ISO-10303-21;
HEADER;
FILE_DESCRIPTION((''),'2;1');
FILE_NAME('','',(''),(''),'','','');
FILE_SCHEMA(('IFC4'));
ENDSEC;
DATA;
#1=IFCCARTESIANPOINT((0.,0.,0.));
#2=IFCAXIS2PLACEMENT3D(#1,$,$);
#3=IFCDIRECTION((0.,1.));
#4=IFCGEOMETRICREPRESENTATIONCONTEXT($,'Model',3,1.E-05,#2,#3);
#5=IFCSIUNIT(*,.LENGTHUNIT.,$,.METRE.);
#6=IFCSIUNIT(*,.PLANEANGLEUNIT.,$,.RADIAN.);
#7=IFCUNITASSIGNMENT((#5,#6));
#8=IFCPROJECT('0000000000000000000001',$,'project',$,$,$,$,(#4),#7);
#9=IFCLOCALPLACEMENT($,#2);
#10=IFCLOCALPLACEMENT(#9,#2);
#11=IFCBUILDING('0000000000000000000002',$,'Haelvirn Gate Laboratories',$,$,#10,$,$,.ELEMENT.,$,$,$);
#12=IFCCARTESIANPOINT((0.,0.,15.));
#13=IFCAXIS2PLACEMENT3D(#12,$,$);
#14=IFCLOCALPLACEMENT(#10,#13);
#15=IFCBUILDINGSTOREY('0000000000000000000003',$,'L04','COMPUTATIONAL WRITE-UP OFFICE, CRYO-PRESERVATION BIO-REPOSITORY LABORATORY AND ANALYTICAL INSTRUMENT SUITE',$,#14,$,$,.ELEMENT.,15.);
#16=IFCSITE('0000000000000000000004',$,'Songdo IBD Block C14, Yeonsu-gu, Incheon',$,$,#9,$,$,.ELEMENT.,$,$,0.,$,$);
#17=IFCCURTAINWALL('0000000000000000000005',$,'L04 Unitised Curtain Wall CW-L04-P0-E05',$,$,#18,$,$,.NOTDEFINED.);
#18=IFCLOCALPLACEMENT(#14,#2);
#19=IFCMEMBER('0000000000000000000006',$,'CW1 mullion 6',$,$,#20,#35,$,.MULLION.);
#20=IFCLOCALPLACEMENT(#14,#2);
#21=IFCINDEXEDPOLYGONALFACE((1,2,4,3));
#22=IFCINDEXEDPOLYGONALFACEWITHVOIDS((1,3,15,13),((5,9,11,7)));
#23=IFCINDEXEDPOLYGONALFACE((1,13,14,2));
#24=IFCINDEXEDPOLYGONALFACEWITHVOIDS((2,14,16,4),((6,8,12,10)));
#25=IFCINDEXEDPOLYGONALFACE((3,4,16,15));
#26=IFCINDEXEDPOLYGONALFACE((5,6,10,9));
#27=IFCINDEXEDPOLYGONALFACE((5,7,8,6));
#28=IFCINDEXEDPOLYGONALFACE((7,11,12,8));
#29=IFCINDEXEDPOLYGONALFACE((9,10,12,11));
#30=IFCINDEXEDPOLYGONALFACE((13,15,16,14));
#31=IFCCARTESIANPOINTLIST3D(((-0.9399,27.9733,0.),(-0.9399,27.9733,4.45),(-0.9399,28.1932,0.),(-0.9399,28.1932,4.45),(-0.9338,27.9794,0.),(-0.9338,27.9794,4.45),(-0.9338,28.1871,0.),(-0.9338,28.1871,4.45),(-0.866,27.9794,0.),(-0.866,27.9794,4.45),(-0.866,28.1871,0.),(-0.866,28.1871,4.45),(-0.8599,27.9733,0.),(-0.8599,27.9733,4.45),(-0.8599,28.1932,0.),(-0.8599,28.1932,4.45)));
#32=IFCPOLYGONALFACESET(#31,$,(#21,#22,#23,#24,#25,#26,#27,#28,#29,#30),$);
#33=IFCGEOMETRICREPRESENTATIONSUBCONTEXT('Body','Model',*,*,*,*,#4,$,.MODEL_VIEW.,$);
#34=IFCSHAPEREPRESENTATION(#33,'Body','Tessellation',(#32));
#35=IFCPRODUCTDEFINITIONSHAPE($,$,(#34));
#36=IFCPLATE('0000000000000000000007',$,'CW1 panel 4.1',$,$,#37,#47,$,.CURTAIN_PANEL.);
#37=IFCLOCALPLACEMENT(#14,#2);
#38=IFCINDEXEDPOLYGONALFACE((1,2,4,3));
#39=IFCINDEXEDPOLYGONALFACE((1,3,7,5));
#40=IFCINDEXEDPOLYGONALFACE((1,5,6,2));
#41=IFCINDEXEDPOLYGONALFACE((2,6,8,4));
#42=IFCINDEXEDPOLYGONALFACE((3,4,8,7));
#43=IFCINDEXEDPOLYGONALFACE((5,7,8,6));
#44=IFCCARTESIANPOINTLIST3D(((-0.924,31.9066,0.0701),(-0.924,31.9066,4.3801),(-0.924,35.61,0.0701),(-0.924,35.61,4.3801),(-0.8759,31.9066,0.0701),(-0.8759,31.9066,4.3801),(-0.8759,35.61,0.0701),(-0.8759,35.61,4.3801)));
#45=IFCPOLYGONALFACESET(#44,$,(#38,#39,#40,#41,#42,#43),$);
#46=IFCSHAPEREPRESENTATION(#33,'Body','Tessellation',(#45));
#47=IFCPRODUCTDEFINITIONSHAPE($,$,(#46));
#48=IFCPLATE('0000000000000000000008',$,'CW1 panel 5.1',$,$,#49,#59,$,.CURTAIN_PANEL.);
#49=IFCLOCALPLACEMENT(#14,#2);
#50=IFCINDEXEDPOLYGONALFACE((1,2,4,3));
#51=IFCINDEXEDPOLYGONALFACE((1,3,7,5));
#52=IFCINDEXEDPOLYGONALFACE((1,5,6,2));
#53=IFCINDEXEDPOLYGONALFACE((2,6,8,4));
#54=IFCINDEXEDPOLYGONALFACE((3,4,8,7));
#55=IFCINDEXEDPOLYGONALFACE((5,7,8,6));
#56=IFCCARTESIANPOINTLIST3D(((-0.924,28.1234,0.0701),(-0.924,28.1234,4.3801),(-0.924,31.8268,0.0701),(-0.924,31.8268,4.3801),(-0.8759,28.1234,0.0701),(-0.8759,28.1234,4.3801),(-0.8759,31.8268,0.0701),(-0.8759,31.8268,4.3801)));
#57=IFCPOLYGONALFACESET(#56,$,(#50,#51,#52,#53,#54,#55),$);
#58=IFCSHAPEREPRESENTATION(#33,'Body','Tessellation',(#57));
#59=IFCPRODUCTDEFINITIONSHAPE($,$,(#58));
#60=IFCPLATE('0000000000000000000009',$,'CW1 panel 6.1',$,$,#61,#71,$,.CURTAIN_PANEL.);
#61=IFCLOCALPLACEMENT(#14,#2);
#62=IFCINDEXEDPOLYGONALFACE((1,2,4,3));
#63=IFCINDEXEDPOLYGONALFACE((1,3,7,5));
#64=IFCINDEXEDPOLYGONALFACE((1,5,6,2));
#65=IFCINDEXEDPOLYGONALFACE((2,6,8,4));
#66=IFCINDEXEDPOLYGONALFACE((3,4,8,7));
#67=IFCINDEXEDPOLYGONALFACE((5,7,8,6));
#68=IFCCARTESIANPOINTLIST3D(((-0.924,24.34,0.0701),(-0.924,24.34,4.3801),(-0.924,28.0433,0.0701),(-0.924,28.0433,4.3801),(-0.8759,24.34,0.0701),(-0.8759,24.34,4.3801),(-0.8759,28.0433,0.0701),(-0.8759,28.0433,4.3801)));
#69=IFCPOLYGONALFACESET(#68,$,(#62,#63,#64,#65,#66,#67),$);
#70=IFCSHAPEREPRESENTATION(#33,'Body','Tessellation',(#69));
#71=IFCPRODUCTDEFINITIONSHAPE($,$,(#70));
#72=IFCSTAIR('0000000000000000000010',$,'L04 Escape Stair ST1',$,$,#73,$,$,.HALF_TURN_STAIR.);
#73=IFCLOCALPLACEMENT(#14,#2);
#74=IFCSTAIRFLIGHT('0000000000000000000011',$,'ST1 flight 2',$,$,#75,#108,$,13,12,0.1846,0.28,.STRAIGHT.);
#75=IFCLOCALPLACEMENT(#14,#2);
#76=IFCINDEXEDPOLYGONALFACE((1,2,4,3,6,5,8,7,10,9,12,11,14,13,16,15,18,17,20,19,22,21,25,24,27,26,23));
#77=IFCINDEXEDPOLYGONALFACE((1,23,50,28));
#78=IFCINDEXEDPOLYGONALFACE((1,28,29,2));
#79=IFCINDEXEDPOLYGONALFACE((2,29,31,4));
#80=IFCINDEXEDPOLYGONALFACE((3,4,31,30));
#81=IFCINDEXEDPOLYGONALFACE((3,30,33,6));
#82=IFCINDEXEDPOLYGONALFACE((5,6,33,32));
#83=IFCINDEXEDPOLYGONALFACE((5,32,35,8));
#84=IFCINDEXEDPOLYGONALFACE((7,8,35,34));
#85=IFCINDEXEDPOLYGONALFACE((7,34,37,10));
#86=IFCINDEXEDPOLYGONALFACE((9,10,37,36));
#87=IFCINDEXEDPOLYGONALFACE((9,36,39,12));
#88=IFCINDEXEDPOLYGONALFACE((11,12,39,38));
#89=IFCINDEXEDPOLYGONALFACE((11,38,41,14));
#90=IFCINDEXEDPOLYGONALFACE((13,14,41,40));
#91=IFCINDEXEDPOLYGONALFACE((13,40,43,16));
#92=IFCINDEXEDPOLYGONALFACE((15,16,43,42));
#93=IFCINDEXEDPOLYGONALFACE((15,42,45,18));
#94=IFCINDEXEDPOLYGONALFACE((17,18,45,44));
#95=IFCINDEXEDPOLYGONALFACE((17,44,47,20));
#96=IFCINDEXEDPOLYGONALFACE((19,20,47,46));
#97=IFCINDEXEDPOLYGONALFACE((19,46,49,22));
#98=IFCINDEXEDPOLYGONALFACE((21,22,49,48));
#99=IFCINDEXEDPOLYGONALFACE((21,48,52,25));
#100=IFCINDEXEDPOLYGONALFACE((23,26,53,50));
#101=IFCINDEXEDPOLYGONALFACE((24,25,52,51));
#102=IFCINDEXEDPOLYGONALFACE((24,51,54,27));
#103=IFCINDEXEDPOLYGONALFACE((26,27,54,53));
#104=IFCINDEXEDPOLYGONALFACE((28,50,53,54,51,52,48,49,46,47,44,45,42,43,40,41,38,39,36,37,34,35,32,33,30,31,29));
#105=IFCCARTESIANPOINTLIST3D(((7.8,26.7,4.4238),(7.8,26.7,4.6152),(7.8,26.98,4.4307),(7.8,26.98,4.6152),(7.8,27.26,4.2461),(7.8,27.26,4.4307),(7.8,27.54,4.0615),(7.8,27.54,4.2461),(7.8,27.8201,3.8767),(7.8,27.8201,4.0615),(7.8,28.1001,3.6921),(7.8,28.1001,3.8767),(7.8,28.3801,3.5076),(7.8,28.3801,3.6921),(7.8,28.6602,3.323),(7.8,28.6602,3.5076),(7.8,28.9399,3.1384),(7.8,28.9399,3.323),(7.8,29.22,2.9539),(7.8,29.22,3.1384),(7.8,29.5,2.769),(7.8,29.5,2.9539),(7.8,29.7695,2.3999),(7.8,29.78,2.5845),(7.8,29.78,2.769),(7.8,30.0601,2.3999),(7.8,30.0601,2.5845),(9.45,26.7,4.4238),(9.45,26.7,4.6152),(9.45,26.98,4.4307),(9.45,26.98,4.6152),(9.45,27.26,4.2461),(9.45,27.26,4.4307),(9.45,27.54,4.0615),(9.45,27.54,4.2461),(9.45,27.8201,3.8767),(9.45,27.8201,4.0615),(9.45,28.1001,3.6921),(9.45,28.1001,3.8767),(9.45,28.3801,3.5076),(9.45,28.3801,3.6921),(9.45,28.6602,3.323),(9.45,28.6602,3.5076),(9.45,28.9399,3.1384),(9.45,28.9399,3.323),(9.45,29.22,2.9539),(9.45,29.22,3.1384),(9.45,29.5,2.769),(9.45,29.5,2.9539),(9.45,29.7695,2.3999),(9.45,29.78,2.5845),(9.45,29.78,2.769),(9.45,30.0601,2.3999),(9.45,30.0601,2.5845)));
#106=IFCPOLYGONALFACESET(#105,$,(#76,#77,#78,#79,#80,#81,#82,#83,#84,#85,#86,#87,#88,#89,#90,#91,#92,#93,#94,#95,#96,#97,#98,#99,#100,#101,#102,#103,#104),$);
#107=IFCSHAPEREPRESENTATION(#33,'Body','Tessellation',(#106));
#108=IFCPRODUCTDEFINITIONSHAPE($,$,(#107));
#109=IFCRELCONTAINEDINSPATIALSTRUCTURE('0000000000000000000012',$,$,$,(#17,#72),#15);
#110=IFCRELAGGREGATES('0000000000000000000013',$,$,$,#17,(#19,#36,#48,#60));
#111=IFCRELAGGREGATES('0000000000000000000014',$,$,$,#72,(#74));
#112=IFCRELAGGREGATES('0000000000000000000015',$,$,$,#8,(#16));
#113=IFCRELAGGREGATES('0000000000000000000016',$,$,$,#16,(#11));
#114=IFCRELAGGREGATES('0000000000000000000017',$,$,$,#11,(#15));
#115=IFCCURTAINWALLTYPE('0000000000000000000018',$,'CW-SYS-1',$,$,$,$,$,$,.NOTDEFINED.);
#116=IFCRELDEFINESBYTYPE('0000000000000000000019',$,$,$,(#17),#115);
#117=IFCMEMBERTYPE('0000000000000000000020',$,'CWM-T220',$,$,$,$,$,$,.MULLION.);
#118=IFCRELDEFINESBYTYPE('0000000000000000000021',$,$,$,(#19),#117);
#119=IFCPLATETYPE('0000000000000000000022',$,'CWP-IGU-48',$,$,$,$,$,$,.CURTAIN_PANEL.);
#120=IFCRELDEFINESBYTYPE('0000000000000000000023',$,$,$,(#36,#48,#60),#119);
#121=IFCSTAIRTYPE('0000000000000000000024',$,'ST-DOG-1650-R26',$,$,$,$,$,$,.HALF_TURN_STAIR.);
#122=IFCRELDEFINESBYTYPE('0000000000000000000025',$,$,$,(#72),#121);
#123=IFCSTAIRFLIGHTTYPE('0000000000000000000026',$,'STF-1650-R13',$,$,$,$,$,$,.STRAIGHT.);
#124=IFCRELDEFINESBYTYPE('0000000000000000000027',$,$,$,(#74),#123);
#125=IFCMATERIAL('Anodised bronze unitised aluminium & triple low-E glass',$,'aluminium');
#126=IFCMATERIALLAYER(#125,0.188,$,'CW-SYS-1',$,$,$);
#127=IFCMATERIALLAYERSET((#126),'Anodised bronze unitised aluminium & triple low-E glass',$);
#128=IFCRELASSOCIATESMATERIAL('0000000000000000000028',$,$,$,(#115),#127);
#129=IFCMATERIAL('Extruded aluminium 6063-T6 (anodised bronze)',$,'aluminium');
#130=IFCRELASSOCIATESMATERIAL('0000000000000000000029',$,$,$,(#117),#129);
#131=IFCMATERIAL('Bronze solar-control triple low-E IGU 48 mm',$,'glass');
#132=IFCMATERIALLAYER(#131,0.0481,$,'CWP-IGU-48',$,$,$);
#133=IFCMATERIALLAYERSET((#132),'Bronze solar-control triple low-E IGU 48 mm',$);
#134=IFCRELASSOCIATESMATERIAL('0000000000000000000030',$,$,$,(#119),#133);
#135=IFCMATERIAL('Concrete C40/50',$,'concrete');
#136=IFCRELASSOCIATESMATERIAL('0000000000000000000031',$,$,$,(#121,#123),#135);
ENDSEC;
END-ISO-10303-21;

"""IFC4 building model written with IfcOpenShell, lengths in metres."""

from ifc_helpers import new_model, si_unit, direction, frame, origin, origin_2d, place, context, subcontext, project, spatial, polyline, rectangle, hollow_rectangle, outline, extrude, source, transform, mapped, material, layer, layer_set, material_profile, profile_set, type_object, type_shapes, element, aggregate, save


model = new_model("IFC4")

# Units and contexts
model_context = context("Model", 3, precision=1e-05, world=origin(), true_north=direction((0.0, 1.0)))
body_context = subcontext(model_context, "Body", "Model", "MODEL_VIEW")
ifc_project = project(units=[si_unit("LENGTHUNIT", "METRE"), si_unit("PLANEANGLEUNIT", "RADIAN")], contexts=[model_context])

# Site, building, storey
site_placement = place(None, origin())
site = spatial("IfcSite", under=ifc_project, at=site_placement, Name="Songdo IBD Block C14, Yeonsu-gu, Incheon", CompositionType="ELEMENT", RefElevation=0.0)
building_placement = place(site_placement, origin())
building = spatial("IfcBuilding", under=site, at=building_placement, Name="Haelvirn Gate Laboratories", CompositionType="ELEMENT")
storey_placement = place(building_placement, frame((0.0, 0.0, 15.0)))
storey = spatial("IfcBuildingStorey", under=building, at=storey_placement, Name="L04", Description="COMPUTATIONAL WRITE-UP OFFICE, CRYO-PRESERVATION BIO-REPOSITORY LABORATORY AND ANALYTICAL INSTRUMENT SUITE", CompositionType="ELEMENT", Elevation=15.0)

# Curtain wall, member, plates
ifc_material_1 = material(Name="Anodised bronze unitised aluminium & triple low-E glass", Category="aluminium")
ifc_layer_1 = layer(ifc_material_1, 0.188, Name="CW-SYS-1")
ifc_layer_set_1 = layer_set([ifc_layer_1], Name="Anodised bronze unitised aluminium & triple low-E glass")
curtain_wall_type = type_object("IfcCurtainWallType", Name="CW-SYS-1", PredefinedType="NOTDEFINED", material=ifc_layer_set_1)
curtain_wall_placement = place(storey_placement, origin())
curtain_wall = element("IfcCurtainWall", 1, at=curtain_wall_placement, inside=storey, type_object=curtain_wall_type, Name="L04 Unitised Curtain Wall CW-L04-P0-E05", PredefinedType="NOTDEFINED")
ifc_material_2 = material(Name="Extruded aluminium 6063-T6 (anodised bronze)", Category="aluminium")
ifc_material_profile_1 = material_profile(ifc_material_2, hollow_rectangle(XDim=0.0801, YDim=0.22, WallThickness=0.0061, at=origin_2d()), Name="CWM-220x80x6")
ifc_profile_set_1 = profile_set([ifc_material_profile_1], Name="Extruded aluminium 6063-T6 (anodised bronze)")
member_type_1 = type_object("IfcMemberType", Name="CWM-T220", PredefinedType="MULLION", material=ifc_profile_set_1)
shared_shape_1 = source(origin(), body_context, "Body", "SweptSolid", [
    extrude(hollow_rectangle(XDim=0.0801, YDim=0.22, WallThickness=0.0061, at=origin_2d()), origin(), (0.0, 0.0, 1.0), 4.45),
])
type_shapes(member_type_1, [shared_shape_1])
member_1_placement = place(storey_placement, frame((-0.8999, 28.0833, 0.0), z_axis=(0.0, 0.0, 1.0), x_axis=(1.0, 0.0, 0.0)))
member_1 = element("IfcMember", 2, at=member_1_placement, type_object=member_type_1, Name="CW1 mullion 6", PredefinedType="MULLION", context=body_context, shape_type="MappedRepresentation", body=[
    mapped(shared_shape_1, transform((0.0, 0.0, 0.0), scale=1.0)),
])
ifc_material_3 = material(Name="Bronze solar-control triple low-E IGU 48 mm", Category="glass")
ifc_layer_2 = layer(ifc_material_3, 0.0481, Name="CWP-IGU-48")
ifc_layer_set_2 = layer_set([ifc_layer_2], Name="Bronze solar-control triple low-E IGU 48 mm")
plate_type = type_object("IfcPlateType", Name="CWP-IGU-48", PredefinedType="CURTAIN_PANEL", material=ifc_layer_set_2)
shared_shape_2 = source(origin(), body_context, "Body", "SweptSolid", [
    extrude(rectangle(XDim=3.7034, YDim=0.0481, at=origin_2d()), origin(), (0.0, 0.0, 1.0), 4.3101),
])
type_shapes(plate_type, [shared_shape_2])
plate_1_placement = place(storey_placement, frame((-0.8999, 33.7583, 0.0701), z_axis=(0.0, 0.0, 1.0), x_axis=(0.0, -1.0, 0.0)))
plate_1 = element("IfcPlate", 3, at=plate_1_placement, type_object=plate_type, Name="CW1 panel 4.1", PredefinedType="CURTAIN_PANEL", context=body_context, shape_type="MappedRepresentation", body=[
    mapped(shared_shape_2, transform((0.0, 0.0, 0.0), scale=1.0)),
])
plate_2_placement = place(storey_placement, frame((-0.8999, 29.9751, 0.0701), z_axis=(0.0, 0.0, 1.0), x_axis=(0.0, -1.0, 0.0)))
plate_2 = element("IfcPlate", 4, at=plate_2_placement, type_object=plate_type, Name="CW1 panel 5.1", PredefinedType="CURTAIN_PANEL", context=body_context, shape_type="MappedRepresentation", body=[
    mapped(shared_shape_2, transform((0.0, 0.0, 0.0), scale=1.0)),
])
plate_3_placement = place(storey_placement, frame((-0.8999, 26.1917, 0.0701), z_axis=(0.0, 0.0, 1.0), x_axis=(0.0, -1.0, 0.0)))
plate_3 = element("IfcPlate", 5, at=plate_3_placement, type_object=plate_type, Name="CW1 panel 6.1", PredefinedType="CURTAIN_PANEL", context=body_context, shape_type="MappedRepresentation", body=[
    mapped(shared_shape_2, transform((0.0, 0.0, 0.0), scale=1.0)),
])
aggregate(curtain_wall, [member_1, plate_1, plate_2, plate_3])

# Stair, stair flight
ifc_material_4 = material(Name="Concrete C40/50", Category="concrete")
stair_type = type_object("IfcStairType", Name="ST-DOG-1650-R26", PredefinedType="HALF_TURN_STAIR", material=ifc_material_4)
stair_placement = place(storey_placement, origin())
stair = element("IfcStair", 6, at=stair_placement, inside=storey, type_object=stair_type, Name="L04 Escape Stair ST1", PredefinedType="HALF_TURN_STAIR")
stair_flight_type = type_object("IfcStairFlightType", Name="STF-1650-R13", PredefinedType="STRAIGHT", material=ifc_material_4)
shared_shape_3 = source(origin(), body_context, "Body", "SweptSolid", [
    extrude(outline(polyline([(0.0, 0.0), (0.0, 0.1846), (0.28, 0.1846), (0.28, 0.3691), (0.5601, 0.3691), (0.5601, 0.554), (0.8401, 0.554), (0.8401, 0.7385), (1.1201, 0.7385), (1.1201, 0.9231), (1.3999, 0.9231), (1.3999, 1.1077), (1.6799, 1.1077), (1.6799, 1.2922), (1.96, 1.2922), (1.96, 1.4768), (2.24, 1.4768), (2.24, 1.6616), (2.52, 1.6616), (2.52, 1.8462), (2.8, 1.8462), (2.8, 2.0308), (3.0801, 2.0308), (3.0801, 2.2153), (3.3601, 2.2153), (3.3601, 2.3999), (3.3601, 2.0239), (0.2905, 0.0), (0.0, 0.0)])), frame((0.0, 0.825, 0.0), z_axis=(0.0, -1.0, 0.0), x_axis=(1.0, 0.0, 0.0)), (0.0, 0.0, 1.0), 1.6499),
])
type_shapes(stair_flight_type, [shared_shape_3])
stair_flight_placement = place(storey_placement, frame((8.625, 30.0601, 2.3999), z_axis=(0.0, 0.0, 1.0), x_axis=(0.0, -1.0, 0.0)))
stair_flight = element("IfcStairFlight", 7, at=stair_flight_placement, type_object=stair_flight_type, Name="ST1 flight 2", NumberOfRisers=13, NumberOfTreads=12, PredefinedType="STRAIGHT", RiserHeight=0.1846, TreadLength=0.28, context=body_context, shape_type="MappedRepresentation", body=[
    mapped(shared_shape_3, transform((0.0, 0.0, 0.0), scale=1.0)),
])
aggregate(stair, [stair_flight])

save(model, "model.ifc")
